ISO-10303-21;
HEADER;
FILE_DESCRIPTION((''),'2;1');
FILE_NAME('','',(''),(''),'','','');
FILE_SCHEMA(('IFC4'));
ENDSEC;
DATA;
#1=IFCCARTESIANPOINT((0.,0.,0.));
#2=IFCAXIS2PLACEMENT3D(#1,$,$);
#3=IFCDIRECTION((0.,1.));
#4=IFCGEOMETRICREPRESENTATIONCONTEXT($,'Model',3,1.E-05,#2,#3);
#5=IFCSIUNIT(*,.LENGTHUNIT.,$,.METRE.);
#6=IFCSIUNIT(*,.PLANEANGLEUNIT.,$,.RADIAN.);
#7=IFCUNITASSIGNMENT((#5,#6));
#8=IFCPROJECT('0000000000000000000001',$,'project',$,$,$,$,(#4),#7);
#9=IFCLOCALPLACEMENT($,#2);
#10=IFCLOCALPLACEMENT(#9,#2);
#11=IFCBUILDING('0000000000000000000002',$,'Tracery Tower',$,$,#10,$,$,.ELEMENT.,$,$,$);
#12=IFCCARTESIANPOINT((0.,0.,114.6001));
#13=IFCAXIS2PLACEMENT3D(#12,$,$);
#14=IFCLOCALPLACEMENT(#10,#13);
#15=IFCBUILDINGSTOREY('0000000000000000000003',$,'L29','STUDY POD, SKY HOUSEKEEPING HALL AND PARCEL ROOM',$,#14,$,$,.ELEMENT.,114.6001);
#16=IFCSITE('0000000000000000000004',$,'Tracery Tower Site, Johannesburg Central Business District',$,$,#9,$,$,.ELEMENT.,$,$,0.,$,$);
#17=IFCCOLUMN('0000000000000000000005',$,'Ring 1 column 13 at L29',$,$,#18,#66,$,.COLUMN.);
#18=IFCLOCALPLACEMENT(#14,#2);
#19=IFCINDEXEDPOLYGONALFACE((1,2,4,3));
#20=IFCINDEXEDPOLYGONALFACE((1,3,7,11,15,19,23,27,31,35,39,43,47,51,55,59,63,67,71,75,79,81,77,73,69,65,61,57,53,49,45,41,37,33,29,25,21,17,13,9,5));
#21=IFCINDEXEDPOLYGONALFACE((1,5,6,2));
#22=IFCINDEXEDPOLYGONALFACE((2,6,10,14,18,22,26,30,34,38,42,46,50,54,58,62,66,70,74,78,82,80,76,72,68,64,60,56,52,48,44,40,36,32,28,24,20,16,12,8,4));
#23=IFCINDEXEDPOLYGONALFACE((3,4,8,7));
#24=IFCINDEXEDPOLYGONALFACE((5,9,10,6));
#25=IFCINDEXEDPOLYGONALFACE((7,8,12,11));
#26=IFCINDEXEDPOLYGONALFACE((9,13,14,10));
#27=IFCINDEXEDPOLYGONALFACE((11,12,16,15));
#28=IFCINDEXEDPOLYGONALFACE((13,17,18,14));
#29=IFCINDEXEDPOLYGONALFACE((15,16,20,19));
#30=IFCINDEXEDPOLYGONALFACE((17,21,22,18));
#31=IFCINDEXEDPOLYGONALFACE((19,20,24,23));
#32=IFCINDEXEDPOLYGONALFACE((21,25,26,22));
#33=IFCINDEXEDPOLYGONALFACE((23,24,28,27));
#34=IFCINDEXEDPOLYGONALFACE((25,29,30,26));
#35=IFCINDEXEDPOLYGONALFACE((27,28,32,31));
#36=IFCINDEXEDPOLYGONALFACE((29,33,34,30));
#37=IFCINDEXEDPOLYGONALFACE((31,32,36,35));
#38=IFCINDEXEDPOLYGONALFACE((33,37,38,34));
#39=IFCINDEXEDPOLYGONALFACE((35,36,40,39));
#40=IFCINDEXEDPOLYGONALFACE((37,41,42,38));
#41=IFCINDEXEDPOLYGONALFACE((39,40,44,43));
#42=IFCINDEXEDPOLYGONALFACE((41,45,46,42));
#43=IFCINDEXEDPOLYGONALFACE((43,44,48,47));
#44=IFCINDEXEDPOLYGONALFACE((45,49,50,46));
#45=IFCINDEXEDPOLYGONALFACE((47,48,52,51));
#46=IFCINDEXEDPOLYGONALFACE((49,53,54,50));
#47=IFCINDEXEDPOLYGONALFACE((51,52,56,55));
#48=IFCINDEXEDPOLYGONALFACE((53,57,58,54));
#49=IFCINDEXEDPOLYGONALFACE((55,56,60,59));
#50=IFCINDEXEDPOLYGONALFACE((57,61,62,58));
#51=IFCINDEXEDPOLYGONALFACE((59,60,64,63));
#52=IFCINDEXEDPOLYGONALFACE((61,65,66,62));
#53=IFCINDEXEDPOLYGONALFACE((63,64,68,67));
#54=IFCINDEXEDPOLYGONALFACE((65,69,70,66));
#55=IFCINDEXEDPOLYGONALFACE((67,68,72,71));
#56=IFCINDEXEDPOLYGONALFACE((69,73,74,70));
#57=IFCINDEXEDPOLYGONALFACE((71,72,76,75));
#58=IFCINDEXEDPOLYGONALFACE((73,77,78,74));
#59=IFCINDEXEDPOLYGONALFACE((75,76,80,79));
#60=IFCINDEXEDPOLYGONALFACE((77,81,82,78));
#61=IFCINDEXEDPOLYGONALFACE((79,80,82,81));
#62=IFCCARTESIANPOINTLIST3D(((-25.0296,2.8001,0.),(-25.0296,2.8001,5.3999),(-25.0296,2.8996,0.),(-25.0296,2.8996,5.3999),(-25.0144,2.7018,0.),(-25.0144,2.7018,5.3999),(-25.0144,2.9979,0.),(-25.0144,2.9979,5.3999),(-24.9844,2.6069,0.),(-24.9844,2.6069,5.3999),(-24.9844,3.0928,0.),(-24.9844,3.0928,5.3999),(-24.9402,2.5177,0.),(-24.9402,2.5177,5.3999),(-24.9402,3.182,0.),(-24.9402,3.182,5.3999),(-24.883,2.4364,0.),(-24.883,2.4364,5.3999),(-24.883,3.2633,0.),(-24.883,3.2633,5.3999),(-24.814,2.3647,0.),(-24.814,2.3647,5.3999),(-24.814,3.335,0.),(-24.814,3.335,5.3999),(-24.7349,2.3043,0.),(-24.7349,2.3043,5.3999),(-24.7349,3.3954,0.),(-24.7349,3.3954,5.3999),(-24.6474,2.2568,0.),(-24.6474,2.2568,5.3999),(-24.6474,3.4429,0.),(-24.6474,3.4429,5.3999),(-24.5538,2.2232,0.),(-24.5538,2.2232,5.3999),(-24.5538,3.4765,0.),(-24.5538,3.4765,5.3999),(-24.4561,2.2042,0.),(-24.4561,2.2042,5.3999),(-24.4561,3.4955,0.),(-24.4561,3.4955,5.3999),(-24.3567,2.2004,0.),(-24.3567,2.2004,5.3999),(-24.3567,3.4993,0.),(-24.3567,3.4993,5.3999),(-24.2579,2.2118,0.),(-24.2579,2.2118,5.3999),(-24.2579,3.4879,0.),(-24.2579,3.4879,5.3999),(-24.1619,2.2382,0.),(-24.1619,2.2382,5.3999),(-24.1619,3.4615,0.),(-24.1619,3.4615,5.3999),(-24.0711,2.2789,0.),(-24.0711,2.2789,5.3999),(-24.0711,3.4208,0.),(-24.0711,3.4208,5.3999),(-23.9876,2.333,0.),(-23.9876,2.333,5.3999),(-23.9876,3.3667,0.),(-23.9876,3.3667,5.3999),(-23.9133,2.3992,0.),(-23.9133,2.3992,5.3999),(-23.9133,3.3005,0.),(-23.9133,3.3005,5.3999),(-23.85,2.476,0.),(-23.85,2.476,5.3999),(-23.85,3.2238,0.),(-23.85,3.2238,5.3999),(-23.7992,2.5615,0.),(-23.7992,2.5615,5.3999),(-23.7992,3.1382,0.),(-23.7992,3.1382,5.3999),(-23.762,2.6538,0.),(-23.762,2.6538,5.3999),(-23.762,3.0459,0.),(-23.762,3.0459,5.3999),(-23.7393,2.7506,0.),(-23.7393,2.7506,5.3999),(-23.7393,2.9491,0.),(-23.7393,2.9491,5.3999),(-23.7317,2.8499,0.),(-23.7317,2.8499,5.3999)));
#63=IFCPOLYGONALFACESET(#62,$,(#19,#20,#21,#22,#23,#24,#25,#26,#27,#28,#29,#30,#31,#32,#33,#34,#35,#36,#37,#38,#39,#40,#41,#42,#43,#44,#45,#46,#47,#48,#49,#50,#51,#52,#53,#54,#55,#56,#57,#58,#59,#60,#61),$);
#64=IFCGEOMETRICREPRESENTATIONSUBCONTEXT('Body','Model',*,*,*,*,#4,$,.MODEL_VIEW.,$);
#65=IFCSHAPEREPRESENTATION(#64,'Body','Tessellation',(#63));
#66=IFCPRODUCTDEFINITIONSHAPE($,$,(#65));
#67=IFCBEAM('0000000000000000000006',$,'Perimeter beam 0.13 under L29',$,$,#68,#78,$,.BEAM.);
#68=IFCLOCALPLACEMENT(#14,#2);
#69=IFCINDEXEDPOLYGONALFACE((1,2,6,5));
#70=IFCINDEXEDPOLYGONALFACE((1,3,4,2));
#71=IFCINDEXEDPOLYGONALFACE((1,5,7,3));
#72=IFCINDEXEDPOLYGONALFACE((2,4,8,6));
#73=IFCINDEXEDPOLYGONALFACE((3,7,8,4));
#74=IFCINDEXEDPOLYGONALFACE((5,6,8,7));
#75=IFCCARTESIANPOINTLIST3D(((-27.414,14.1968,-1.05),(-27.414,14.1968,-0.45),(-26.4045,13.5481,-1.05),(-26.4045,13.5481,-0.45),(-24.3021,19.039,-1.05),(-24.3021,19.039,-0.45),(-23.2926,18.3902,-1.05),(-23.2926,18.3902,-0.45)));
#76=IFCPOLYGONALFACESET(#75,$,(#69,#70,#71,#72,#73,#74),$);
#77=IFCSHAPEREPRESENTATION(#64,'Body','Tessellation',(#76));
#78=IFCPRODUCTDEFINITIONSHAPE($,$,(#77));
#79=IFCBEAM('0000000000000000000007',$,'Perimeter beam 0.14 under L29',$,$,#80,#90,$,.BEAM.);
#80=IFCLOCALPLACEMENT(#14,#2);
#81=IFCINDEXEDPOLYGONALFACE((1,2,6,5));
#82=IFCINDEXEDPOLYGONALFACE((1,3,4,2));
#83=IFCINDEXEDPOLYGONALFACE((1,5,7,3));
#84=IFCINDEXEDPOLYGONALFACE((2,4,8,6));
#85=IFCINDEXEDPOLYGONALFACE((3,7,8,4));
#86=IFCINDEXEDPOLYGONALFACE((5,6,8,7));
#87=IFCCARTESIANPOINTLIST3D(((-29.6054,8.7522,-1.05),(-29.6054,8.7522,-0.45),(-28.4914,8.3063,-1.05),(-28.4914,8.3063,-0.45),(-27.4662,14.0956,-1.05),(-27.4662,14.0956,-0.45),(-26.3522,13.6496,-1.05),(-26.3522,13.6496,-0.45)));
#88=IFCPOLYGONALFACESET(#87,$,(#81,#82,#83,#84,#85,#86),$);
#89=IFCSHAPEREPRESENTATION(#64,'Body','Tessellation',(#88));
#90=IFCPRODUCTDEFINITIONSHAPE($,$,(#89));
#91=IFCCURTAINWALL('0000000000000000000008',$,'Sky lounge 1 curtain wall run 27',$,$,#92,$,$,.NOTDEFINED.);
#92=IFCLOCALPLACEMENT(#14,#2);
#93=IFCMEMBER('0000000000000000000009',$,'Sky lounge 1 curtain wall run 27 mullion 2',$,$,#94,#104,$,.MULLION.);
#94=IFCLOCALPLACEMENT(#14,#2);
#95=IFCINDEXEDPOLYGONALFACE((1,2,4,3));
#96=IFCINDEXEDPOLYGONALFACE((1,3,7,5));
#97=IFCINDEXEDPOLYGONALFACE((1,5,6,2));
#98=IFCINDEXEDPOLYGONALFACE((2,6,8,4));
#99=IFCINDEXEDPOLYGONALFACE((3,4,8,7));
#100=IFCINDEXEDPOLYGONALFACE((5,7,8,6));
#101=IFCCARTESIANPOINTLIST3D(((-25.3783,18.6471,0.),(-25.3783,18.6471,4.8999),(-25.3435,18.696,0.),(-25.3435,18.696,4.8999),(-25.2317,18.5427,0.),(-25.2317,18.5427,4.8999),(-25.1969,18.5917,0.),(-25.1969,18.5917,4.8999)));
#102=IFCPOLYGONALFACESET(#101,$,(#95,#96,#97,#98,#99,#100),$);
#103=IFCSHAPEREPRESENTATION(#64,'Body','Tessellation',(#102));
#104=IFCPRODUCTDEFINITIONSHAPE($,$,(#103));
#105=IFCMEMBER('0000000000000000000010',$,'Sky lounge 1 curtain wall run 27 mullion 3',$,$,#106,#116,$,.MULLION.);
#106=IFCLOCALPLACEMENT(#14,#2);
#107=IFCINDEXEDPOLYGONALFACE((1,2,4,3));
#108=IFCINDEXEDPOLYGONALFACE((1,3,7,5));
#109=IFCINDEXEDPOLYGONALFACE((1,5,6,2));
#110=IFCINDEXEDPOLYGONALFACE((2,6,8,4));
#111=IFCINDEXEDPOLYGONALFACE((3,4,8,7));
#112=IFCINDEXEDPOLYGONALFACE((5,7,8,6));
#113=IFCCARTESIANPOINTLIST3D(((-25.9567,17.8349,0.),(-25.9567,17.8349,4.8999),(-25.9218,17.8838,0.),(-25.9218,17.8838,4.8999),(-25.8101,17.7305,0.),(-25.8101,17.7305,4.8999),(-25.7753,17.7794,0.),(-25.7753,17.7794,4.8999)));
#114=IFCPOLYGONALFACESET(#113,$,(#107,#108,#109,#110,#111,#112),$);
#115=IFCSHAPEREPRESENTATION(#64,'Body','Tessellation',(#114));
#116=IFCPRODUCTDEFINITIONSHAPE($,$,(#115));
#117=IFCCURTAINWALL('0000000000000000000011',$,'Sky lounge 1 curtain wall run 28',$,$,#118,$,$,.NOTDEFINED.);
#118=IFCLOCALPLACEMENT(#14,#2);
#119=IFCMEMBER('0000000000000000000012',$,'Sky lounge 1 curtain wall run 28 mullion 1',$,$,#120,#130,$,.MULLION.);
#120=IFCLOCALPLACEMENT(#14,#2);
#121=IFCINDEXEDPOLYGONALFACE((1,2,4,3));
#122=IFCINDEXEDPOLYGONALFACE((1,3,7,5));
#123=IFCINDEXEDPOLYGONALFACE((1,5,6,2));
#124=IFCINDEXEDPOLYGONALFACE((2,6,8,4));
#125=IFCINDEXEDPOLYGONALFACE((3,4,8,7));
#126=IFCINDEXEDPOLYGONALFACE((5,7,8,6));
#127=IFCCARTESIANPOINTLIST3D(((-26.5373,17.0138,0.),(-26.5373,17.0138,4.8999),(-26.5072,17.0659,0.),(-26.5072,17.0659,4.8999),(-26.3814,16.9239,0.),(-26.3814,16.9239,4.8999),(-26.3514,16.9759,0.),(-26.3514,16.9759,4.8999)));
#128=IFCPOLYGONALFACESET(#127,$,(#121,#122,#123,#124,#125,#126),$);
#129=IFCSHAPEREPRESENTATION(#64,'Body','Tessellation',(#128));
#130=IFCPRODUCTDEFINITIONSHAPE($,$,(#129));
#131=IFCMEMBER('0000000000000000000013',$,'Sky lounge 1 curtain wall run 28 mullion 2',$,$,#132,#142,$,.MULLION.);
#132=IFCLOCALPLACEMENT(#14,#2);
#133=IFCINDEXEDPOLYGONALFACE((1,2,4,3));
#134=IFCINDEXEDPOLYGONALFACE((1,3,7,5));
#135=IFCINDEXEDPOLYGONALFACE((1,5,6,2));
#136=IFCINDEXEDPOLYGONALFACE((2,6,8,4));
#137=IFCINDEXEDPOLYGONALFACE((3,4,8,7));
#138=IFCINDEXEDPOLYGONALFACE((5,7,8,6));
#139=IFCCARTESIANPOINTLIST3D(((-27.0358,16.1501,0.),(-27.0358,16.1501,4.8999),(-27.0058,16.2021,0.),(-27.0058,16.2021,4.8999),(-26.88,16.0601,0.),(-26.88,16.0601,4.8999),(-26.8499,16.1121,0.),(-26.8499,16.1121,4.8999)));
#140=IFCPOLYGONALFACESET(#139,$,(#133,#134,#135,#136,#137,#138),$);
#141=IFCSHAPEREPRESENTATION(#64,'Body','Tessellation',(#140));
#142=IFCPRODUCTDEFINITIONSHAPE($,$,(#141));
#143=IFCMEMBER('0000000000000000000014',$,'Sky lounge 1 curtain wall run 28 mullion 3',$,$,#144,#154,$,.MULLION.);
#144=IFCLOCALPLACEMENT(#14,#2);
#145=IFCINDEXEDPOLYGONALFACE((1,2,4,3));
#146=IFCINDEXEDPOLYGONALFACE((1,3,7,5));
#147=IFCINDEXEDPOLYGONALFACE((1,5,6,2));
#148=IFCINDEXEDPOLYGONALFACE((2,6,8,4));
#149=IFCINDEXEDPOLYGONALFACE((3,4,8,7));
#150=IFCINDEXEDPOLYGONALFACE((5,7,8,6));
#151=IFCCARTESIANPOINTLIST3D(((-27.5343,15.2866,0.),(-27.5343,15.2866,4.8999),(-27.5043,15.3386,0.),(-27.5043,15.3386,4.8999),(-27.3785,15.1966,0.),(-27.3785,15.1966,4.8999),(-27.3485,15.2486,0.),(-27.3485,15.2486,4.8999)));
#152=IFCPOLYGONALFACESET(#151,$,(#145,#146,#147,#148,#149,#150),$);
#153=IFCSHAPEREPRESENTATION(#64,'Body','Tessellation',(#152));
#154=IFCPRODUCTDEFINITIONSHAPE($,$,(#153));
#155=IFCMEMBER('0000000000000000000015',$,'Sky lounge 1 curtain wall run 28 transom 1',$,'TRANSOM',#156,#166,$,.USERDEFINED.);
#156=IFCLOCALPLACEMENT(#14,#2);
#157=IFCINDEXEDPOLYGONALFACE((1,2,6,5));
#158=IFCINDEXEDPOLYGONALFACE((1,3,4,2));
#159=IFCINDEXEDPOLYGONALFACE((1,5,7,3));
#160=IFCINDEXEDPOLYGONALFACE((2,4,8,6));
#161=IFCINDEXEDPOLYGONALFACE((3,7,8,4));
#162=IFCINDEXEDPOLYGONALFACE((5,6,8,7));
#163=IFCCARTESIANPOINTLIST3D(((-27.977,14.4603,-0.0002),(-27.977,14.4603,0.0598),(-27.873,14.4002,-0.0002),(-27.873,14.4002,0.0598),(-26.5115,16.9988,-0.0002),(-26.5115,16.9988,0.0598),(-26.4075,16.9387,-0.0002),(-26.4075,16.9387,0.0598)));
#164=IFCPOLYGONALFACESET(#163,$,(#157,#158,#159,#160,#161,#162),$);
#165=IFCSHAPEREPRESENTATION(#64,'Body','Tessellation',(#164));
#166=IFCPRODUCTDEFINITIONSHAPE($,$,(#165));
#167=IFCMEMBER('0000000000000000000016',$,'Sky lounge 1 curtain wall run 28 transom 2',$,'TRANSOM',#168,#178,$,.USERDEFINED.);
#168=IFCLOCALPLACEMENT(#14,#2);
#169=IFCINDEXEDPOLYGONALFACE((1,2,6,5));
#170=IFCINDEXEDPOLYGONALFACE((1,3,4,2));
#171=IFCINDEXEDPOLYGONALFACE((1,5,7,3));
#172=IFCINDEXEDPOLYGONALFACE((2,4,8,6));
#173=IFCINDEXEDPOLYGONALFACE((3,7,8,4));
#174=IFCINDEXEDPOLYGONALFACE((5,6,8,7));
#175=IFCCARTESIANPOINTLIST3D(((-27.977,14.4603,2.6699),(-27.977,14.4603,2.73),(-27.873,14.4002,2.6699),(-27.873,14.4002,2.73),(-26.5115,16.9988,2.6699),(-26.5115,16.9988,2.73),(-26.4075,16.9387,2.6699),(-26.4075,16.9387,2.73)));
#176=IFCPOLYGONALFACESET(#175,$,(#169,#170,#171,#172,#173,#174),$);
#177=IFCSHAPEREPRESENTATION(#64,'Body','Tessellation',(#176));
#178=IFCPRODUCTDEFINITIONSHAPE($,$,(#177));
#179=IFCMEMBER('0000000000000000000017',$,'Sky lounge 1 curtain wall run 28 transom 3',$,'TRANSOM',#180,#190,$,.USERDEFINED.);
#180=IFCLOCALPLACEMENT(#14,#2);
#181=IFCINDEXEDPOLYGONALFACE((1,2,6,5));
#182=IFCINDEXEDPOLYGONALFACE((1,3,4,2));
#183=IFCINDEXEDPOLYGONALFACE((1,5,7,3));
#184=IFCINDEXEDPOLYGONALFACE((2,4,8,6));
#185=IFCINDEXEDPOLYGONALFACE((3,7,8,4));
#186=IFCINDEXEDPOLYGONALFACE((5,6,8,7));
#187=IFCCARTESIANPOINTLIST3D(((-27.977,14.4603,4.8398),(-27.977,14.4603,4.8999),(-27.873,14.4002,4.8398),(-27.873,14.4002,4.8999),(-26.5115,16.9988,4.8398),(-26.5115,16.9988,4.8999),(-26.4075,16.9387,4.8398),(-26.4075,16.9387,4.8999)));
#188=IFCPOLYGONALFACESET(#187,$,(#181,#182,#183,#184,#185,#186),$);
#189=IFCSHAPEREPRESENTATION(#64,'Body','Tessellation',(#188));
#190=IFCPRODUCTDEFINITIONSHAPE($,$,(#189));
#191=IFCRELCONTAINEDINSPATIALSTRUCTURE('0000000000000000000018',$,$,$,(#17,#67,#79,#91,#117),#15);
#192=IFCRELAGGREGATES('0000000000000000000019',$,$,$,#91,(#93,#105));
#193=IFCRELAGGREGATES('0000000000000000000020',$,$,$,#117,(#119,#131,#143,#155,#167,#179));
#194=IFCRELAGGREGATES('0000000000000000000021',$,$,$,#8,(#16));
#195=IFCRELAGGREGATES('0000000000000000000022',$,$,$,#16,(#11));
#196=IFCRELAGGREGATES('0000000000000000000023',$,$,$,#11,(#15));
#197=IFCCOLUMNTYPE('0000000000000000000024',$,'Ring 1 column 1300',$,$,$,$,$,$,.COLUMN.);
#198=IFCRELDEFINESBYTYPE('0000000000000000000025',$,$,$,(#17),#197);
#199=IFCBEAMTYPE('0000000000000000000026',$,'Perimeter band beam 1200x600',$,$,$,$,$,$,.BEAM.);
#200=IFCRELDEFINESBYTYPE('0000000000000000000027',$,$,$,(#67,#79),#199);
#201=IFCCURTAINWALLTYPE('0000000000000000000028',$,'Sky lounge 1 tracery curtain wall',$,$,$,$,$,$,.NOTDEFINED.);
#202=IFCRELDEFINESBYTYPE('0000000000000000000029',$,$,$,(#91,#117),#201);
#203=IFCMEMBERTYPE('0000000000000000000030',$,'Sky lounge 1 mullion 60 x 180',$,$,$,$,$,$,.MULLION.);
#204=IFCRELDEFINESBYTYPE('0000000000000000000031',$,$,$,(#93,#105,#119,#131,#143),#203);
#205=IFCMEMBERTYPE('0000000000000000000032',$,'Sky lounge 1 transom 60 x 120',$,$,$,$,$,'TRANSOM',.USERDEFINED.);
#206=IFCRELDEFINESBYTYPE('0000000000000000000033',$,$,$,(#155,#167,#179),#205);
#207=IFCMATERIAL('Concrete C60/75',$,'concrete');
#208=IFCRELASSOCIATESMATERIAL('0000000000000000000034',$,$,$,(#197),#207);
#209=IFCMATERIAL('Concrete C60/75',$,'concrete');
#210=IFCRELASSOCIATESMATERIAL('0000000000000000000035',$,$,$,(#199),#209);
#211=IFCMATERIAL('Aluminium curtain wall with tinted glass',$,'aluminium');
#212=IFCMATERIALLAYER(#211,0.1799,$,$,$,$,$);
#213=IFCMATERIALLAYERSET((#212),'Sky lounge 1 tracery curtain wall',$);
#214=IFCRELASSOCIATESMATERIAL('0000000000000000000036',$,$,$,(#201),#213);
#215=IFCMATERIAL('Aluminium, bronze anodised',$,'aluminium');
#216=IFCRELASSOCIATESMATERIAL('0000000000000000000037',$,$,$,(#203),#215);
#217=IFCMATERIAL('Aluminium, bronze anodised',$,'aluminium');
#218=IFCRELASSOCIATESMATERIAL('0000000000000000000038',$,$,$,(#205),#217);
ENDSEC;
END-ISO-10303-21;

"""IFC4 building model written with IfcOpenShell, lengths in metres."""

from ifc_helpers import new_model, si_unit, direction, frame, origin, origin_2d, place, context, subcontext, project, spatial, rectangle, circle, extrude, material, layer, layer_set, material_profile, profile_set, type_object, element, aggregate, save


model = new_model("IFC4")

# Units and contexts
model_context = context("Model", 3, precision=1e-05, world=origin(), true_north=direction((0.0, 1.0)))
body_context = subcontext(model_context, "Body", "Model", "MODEL_VIEW")
ifc_project = project(units=[si_unit("LENGTHUNIT", "METRE"), si_unit("PLANEANGLEUNIT", "RADIAN")], contexts=[model_context])

# Site, building, storey
site_placement = place(None, origin())
site = spatial("IfcSite", under=ifc_project, at=site_placement, Name="Tracery Tower Site, Johannesburg Central Business District", CompositionType="ELEMENT", RefElevation=0.0)
building_placement = place(site_placement, origin())
building = spatial("IfcBuilding", under=site, at=building_placement, Name="Tracery Tower", CompositionType="ELEMENT")
storey_placement = place(building_placement, frame((0.0, 0.0, 114.6001)))
storey = spatial("IfcBuildingStorey", under=building, at=storey_placement, Name="L29", Description="STUDY POD, SKY HOUSEKEEPING HALL AND PARCEL ROOM", CompositionType="ELEMENT", Elevation=114.6001)

# Column
ifc_material_1 = material(Name="Concrete C60/75", Category="concrete")
ifc_material_profile_1 = material_profile(ifc_material_1, circle(Radius=0.6499, at=origin_2d()), Name="RC D1300")
ifc_profile_set_1 = profile_set([ifc_material_profile_1], Name="Concrete C60/75")
column_type_1 = type_object("IfcColumnType", Name="Ring 1 column 1300", PredefinedType="COLUMN", material=ifc_profile_set_1)
for number, where, z_axis, x_axis, name in (
    (1, (-24.3816, 2.8499, 0.0), (0.0, 0.0, 1.0), (1.0, 0.0, 0.0), "Ring 1 column 13 at L29"),
):
    element("IfcColumn", number, at=place(storey_placement, frame(where, z_axis=z_axis, x_axis=x_axis)), inside=storey, type_object=column_type_1, Name=name, PredefinedType="COLUMN", context=body_context, shape_type="SweptSolid", body=[
        extrude(circle(Radius=0.6499, at=origin_2d()), origin(), (0.0, 0.0, 1.0), 5.3999),
    ])

# Beams
ifc_material_2 = material(Name="Concrete C60/75", Category="concrete")
ifc_material_profile_2 = material_profile(ifc_material_2, rectangle(XDim=1.2, YDim=0.6001, at=origin_2d()), Name="RC 1200x600")
ifc_profile_set_2 = profile_set([ifc_material_profile_2], Name="Concrete C60/75")
beam_type = type_object("IfcBeamType", Name="Perimeter band beam 1200x600", PredefinedType="BEAM", material=ifc_profile_set_2)
beam_1_placement = place(storey_placement, frame((-23.7974, 18.7146, -0.75), z_axis=(-0.540644, -0.841252, 0.0), x_axis=(0.841252, -0.540644, 0.0)))
element("IfcBeam", 2, at=beam_1_placement, inside=storey, type_object=beam_type, Name="Perimeter beam 0.13 under L29", PredefinedType="BEAM", context=body_context, shape_type="SweptSolid", body=[
    extrude(rectangle(XDim=1.2, YDim=0.6001, at=origin_2d()), origin(), (0.0, 0.0, 1.0), 5.7559),
])
beam_2_placement = place(storey_placement, frame((-26.9092, 13.8726, -0.75), z_axis=(-0.371669, -0.928365, 0.0), x_axis=(0.928365, -0.371669, 0.0)))
element("IfcBeam", 3, at=beam_2_placement, inside=storey, type_object=beam_type, Name="Perimeter beam 0.14 under L29", PredefinedType="BEAM", context=body_context, shape_type="SweptSolid", body=[
    extrude(rectangle(XDim=1.2, YDim=0.6001, at=origin_2d()), origin(), (0.0, 0.0, 1.0), 5.7556),
])

# Curtain walls, members
ifc_material_3 = material(Name="Aluminium curtain wall with tinted glass", Category="aluminium")
ifc_layer_1 = layer(ifc_material_3, 0.1799)
ifc_layer_set_1 = layer_set([ifc_layer_1], Name="Sky lounge 1 tracery curtain wall")
curtain_wall_type = type_object("IfcCurtainWallType", Name="Sky lounge 1 tracery curtain wall", PredefinedType="NOTDEFINED", material=ifc_layer_set_1)
curtain_wall_1_placement = place(storey_placement, origin())
curtain_wall_1 = element("IfcCurtainWall", 4, at=curtain_wall_1_placement, inside=storey, type_object=curtain_wall_type, Name="Sky lounge 1 curtain wall run 27", PredefinedType="NOTDEFINED")
ifc_material_4 = material(Name="Aluminium, bronze anodised", Category="aluminium")
ifc_material_profile_3 = material_profile(ifc_material_4, rectangle(XDim=0.1799, YDim=0.0601, at=origin_2d()), Name="AL 60x180")
ifc_profile_set_3 = profile_set([ifc_material_profile_3], Name="Aluminium, bronze anodised")
member_type_1 = type_object("IfcMemberType", Name="Sky lounge 1 mullion 60 x 180", PredefinedType="MULLION", material=ifc_profile_set_3)
member_1_placement = place(storey_placement, frame((-25.2876, 18.6194, 0.0), z_axis=(0.0, 0.0, 1.0), x_axis=(0.814576, -0.580057, 0.0)))
member_1 = element("IfcMember", 5, at=member_1_placement, type_object=member_type_1, Name="Sky lounge 1 curtain wall run 27 mullion 2", PredefinedType="MULLION", context=body_context, shape_type="SweptSolid", body=[
    extrude(rectangle(XDim=0.1799, YDim=0.0601, at=origin_2d()), origin(), (0.0, 0.0, 1.0), 4.8999),
])
member_2_placement = place(storey_placement, frame((-25.866, 17.8071, 0.0), z_axis=(0.0, 0.0, 1.0), x_axis=(0.814576, -0.580057, 0.0)))
member_2 = element("IfcMember", 6, at=member_2_placement, type_object=member_type_1, Name="Sky lounge 1 curtain wall run 27 mullion 3", PredefinedType="MULLION", context=body_context, shape_type="SweptSolid", body=[
    extrude(rectangle(XDim=0.1799, YDim=0.0601, at=origin_2d()), origin(), (0.0, 0.0, 1.0), 4.8999),
])
curtain_wall_2_placement = place(storey_placement, origin())
curtain_wall_2 = element("IfcCurtainWall", 7, at=curtain_wall_2_placement, inside=storey, type_object=curtain_wall_type, Name="Sky lounge 1 curtain wall run 28", PredefinedType="NOTDEFINED")
member_3_placement = place(storey_placement, frame((-26.4443, 16.9949, 0.0), z_axis=(0.0, 0.0, 1.0), x_axis=(0.866025, -0.5, 0.0)))
member_3 = element("IfcMember", 8, at=member_3_placement, type_object=member_type_1, Name="Sky lounge 1 curtain wall run 28 mullion 1", PredefinedType="MULLION", context=body_context, shape_type="SweptSolid", body=[
    extrude(rectangle(XDim=0.1799, YDim=0.0601, at=origin_2d()), origin(), (0.0, 0.0, 1.0), 4.8999),
])
member_4_placement = place(storey_placement, frame((-26.9429, 16.1311, 0.0), z_axis=(0.0, 0.0, 1.0), x_axis=(0.866025, -0.5, 0.0)))
member_4 = element("IfcMember", 9, at=member_4_placement, type_object=member_type_1, Name="Sky lounge 1 curtain wall run 28 mullion 2", PredefinedType="MULLION", context=body_context, shape_type="SweptSolid", body=[
    extrude(rectangle(XDim=0.1799, YDim=0.0601, at=origin_2d()), origin(), (0.0, 0.0, 1.0), 4.8999),
])
member_5_placement = place(storey_placement, frame((-27.4414, 15.2676, 0.0), z_axis=(0.0, 0.0, 1.0), x_axis=(0.866025, -0.5, 0.0)))
member_5 = element("IfcMember", 10, at=member_5_placement, type_object=member_type_1, Name="Sky lounge 1 curtain wall run 28 mullion 3", PredefinedType="MULLION", context=body_context, shape_type="SweptSolid", body=[
    extrude(rectangle(XDim=0.1799, YDim=0.0601, at=origin_2d()), origin(), (0.0, 0.0, 1.0), 4.8999),
])
ifc_material_5 = material(Name="Aluminium, bronze anodised", Category="aluminium")
ifc_material_profile_4 = material_profile(ifc_material_5, rectangle(XDim=0.1201, YDim=0.0601, at=origin_2d()), Name="AL 60x120")
ifc_profile_set_4 = profile_set([ifc_material_profile_4], Name="Aluminium, bronze anodised")
member_type_2 = type_object("IfcMemberType", Name="Sky lounge 1 transom 60 x 120", ElementType="TRANSOM", PredefinedType="USERDEFINED", material=ifc_profile_set_4)
member_6_placement = place(storey_placement, frame((-26.4595, 16.9688, 0.0298), z_axis=(-0.499982, -0.866036, 0.0), x_axis=(0.866036, -0.499982, 0.0)))
member_6 = element("IfcMember", 11, at=member_6_placement, type_object=member_type_2, Name="Sky lounge 1 curtain wall run 28 transom 1", ObjectType="TRANSOM", PredefinedType="USERDEFINED", context=body_context, shape_type="SweptSolid", body=[
    extrude(rectangle(XDim=0.1201, YDim=0.0601, at=origin_2d()), origin(), (0.0, 0.0, 1.0), 2.9312),
])
member_7_placement = place(storey_placement, frame((-26.4595, 16.9688, 2.7), z_axis=(-0.499982, -0.866036, 0.0), x_axis=(0.866036, -0.499982, 0.0)))
member_7 = element("IfcMember", 12, at=member_7_placement, type_object=member_type_2, Name="Sky lounge 1 curtain wall run 28 transom 2", ObjectType="TRANSOM", PredefinedType="USERDEFINED", context=body_context, shape_type="SweptSolid", body=[
    extrude(rectangle(XDim=0.1201, YDim=0.0601, at=origin_2d()), origin(), (0.0, 0.0, 1.0), 2.9312),
])
member_8_placement = place(storey_placement, frame((-26.4595, 16.9688, 4.8699), z_axis=(-0.499982, -0.866036, 0.0), x_axis=(0.866036, -0.499982, 0.0)))
member_8 = element("IfcMember", 13, at=member_8_placement, type_object=member_type_2, Name="Sky lounge 1 curtain wall run 28 transom 3", ObjectType="TRANSOM", PredefinedType="USERDEFINED", context=body_context, shape_type="SweptSolid", body=[
    extrude(rectangle(XDim=0.1201, YDim=0.0601, at=origin_2d()), origin(), (0.0, 0.0, 1.0), 2.9312),
])

aggregate(curtain_wall_1, [member_1, member_2])
aggregate(curtain_wall_2, [member_3, member_4, member_5, member_6, member_7, member_8])

save(model, "model.ifc")
